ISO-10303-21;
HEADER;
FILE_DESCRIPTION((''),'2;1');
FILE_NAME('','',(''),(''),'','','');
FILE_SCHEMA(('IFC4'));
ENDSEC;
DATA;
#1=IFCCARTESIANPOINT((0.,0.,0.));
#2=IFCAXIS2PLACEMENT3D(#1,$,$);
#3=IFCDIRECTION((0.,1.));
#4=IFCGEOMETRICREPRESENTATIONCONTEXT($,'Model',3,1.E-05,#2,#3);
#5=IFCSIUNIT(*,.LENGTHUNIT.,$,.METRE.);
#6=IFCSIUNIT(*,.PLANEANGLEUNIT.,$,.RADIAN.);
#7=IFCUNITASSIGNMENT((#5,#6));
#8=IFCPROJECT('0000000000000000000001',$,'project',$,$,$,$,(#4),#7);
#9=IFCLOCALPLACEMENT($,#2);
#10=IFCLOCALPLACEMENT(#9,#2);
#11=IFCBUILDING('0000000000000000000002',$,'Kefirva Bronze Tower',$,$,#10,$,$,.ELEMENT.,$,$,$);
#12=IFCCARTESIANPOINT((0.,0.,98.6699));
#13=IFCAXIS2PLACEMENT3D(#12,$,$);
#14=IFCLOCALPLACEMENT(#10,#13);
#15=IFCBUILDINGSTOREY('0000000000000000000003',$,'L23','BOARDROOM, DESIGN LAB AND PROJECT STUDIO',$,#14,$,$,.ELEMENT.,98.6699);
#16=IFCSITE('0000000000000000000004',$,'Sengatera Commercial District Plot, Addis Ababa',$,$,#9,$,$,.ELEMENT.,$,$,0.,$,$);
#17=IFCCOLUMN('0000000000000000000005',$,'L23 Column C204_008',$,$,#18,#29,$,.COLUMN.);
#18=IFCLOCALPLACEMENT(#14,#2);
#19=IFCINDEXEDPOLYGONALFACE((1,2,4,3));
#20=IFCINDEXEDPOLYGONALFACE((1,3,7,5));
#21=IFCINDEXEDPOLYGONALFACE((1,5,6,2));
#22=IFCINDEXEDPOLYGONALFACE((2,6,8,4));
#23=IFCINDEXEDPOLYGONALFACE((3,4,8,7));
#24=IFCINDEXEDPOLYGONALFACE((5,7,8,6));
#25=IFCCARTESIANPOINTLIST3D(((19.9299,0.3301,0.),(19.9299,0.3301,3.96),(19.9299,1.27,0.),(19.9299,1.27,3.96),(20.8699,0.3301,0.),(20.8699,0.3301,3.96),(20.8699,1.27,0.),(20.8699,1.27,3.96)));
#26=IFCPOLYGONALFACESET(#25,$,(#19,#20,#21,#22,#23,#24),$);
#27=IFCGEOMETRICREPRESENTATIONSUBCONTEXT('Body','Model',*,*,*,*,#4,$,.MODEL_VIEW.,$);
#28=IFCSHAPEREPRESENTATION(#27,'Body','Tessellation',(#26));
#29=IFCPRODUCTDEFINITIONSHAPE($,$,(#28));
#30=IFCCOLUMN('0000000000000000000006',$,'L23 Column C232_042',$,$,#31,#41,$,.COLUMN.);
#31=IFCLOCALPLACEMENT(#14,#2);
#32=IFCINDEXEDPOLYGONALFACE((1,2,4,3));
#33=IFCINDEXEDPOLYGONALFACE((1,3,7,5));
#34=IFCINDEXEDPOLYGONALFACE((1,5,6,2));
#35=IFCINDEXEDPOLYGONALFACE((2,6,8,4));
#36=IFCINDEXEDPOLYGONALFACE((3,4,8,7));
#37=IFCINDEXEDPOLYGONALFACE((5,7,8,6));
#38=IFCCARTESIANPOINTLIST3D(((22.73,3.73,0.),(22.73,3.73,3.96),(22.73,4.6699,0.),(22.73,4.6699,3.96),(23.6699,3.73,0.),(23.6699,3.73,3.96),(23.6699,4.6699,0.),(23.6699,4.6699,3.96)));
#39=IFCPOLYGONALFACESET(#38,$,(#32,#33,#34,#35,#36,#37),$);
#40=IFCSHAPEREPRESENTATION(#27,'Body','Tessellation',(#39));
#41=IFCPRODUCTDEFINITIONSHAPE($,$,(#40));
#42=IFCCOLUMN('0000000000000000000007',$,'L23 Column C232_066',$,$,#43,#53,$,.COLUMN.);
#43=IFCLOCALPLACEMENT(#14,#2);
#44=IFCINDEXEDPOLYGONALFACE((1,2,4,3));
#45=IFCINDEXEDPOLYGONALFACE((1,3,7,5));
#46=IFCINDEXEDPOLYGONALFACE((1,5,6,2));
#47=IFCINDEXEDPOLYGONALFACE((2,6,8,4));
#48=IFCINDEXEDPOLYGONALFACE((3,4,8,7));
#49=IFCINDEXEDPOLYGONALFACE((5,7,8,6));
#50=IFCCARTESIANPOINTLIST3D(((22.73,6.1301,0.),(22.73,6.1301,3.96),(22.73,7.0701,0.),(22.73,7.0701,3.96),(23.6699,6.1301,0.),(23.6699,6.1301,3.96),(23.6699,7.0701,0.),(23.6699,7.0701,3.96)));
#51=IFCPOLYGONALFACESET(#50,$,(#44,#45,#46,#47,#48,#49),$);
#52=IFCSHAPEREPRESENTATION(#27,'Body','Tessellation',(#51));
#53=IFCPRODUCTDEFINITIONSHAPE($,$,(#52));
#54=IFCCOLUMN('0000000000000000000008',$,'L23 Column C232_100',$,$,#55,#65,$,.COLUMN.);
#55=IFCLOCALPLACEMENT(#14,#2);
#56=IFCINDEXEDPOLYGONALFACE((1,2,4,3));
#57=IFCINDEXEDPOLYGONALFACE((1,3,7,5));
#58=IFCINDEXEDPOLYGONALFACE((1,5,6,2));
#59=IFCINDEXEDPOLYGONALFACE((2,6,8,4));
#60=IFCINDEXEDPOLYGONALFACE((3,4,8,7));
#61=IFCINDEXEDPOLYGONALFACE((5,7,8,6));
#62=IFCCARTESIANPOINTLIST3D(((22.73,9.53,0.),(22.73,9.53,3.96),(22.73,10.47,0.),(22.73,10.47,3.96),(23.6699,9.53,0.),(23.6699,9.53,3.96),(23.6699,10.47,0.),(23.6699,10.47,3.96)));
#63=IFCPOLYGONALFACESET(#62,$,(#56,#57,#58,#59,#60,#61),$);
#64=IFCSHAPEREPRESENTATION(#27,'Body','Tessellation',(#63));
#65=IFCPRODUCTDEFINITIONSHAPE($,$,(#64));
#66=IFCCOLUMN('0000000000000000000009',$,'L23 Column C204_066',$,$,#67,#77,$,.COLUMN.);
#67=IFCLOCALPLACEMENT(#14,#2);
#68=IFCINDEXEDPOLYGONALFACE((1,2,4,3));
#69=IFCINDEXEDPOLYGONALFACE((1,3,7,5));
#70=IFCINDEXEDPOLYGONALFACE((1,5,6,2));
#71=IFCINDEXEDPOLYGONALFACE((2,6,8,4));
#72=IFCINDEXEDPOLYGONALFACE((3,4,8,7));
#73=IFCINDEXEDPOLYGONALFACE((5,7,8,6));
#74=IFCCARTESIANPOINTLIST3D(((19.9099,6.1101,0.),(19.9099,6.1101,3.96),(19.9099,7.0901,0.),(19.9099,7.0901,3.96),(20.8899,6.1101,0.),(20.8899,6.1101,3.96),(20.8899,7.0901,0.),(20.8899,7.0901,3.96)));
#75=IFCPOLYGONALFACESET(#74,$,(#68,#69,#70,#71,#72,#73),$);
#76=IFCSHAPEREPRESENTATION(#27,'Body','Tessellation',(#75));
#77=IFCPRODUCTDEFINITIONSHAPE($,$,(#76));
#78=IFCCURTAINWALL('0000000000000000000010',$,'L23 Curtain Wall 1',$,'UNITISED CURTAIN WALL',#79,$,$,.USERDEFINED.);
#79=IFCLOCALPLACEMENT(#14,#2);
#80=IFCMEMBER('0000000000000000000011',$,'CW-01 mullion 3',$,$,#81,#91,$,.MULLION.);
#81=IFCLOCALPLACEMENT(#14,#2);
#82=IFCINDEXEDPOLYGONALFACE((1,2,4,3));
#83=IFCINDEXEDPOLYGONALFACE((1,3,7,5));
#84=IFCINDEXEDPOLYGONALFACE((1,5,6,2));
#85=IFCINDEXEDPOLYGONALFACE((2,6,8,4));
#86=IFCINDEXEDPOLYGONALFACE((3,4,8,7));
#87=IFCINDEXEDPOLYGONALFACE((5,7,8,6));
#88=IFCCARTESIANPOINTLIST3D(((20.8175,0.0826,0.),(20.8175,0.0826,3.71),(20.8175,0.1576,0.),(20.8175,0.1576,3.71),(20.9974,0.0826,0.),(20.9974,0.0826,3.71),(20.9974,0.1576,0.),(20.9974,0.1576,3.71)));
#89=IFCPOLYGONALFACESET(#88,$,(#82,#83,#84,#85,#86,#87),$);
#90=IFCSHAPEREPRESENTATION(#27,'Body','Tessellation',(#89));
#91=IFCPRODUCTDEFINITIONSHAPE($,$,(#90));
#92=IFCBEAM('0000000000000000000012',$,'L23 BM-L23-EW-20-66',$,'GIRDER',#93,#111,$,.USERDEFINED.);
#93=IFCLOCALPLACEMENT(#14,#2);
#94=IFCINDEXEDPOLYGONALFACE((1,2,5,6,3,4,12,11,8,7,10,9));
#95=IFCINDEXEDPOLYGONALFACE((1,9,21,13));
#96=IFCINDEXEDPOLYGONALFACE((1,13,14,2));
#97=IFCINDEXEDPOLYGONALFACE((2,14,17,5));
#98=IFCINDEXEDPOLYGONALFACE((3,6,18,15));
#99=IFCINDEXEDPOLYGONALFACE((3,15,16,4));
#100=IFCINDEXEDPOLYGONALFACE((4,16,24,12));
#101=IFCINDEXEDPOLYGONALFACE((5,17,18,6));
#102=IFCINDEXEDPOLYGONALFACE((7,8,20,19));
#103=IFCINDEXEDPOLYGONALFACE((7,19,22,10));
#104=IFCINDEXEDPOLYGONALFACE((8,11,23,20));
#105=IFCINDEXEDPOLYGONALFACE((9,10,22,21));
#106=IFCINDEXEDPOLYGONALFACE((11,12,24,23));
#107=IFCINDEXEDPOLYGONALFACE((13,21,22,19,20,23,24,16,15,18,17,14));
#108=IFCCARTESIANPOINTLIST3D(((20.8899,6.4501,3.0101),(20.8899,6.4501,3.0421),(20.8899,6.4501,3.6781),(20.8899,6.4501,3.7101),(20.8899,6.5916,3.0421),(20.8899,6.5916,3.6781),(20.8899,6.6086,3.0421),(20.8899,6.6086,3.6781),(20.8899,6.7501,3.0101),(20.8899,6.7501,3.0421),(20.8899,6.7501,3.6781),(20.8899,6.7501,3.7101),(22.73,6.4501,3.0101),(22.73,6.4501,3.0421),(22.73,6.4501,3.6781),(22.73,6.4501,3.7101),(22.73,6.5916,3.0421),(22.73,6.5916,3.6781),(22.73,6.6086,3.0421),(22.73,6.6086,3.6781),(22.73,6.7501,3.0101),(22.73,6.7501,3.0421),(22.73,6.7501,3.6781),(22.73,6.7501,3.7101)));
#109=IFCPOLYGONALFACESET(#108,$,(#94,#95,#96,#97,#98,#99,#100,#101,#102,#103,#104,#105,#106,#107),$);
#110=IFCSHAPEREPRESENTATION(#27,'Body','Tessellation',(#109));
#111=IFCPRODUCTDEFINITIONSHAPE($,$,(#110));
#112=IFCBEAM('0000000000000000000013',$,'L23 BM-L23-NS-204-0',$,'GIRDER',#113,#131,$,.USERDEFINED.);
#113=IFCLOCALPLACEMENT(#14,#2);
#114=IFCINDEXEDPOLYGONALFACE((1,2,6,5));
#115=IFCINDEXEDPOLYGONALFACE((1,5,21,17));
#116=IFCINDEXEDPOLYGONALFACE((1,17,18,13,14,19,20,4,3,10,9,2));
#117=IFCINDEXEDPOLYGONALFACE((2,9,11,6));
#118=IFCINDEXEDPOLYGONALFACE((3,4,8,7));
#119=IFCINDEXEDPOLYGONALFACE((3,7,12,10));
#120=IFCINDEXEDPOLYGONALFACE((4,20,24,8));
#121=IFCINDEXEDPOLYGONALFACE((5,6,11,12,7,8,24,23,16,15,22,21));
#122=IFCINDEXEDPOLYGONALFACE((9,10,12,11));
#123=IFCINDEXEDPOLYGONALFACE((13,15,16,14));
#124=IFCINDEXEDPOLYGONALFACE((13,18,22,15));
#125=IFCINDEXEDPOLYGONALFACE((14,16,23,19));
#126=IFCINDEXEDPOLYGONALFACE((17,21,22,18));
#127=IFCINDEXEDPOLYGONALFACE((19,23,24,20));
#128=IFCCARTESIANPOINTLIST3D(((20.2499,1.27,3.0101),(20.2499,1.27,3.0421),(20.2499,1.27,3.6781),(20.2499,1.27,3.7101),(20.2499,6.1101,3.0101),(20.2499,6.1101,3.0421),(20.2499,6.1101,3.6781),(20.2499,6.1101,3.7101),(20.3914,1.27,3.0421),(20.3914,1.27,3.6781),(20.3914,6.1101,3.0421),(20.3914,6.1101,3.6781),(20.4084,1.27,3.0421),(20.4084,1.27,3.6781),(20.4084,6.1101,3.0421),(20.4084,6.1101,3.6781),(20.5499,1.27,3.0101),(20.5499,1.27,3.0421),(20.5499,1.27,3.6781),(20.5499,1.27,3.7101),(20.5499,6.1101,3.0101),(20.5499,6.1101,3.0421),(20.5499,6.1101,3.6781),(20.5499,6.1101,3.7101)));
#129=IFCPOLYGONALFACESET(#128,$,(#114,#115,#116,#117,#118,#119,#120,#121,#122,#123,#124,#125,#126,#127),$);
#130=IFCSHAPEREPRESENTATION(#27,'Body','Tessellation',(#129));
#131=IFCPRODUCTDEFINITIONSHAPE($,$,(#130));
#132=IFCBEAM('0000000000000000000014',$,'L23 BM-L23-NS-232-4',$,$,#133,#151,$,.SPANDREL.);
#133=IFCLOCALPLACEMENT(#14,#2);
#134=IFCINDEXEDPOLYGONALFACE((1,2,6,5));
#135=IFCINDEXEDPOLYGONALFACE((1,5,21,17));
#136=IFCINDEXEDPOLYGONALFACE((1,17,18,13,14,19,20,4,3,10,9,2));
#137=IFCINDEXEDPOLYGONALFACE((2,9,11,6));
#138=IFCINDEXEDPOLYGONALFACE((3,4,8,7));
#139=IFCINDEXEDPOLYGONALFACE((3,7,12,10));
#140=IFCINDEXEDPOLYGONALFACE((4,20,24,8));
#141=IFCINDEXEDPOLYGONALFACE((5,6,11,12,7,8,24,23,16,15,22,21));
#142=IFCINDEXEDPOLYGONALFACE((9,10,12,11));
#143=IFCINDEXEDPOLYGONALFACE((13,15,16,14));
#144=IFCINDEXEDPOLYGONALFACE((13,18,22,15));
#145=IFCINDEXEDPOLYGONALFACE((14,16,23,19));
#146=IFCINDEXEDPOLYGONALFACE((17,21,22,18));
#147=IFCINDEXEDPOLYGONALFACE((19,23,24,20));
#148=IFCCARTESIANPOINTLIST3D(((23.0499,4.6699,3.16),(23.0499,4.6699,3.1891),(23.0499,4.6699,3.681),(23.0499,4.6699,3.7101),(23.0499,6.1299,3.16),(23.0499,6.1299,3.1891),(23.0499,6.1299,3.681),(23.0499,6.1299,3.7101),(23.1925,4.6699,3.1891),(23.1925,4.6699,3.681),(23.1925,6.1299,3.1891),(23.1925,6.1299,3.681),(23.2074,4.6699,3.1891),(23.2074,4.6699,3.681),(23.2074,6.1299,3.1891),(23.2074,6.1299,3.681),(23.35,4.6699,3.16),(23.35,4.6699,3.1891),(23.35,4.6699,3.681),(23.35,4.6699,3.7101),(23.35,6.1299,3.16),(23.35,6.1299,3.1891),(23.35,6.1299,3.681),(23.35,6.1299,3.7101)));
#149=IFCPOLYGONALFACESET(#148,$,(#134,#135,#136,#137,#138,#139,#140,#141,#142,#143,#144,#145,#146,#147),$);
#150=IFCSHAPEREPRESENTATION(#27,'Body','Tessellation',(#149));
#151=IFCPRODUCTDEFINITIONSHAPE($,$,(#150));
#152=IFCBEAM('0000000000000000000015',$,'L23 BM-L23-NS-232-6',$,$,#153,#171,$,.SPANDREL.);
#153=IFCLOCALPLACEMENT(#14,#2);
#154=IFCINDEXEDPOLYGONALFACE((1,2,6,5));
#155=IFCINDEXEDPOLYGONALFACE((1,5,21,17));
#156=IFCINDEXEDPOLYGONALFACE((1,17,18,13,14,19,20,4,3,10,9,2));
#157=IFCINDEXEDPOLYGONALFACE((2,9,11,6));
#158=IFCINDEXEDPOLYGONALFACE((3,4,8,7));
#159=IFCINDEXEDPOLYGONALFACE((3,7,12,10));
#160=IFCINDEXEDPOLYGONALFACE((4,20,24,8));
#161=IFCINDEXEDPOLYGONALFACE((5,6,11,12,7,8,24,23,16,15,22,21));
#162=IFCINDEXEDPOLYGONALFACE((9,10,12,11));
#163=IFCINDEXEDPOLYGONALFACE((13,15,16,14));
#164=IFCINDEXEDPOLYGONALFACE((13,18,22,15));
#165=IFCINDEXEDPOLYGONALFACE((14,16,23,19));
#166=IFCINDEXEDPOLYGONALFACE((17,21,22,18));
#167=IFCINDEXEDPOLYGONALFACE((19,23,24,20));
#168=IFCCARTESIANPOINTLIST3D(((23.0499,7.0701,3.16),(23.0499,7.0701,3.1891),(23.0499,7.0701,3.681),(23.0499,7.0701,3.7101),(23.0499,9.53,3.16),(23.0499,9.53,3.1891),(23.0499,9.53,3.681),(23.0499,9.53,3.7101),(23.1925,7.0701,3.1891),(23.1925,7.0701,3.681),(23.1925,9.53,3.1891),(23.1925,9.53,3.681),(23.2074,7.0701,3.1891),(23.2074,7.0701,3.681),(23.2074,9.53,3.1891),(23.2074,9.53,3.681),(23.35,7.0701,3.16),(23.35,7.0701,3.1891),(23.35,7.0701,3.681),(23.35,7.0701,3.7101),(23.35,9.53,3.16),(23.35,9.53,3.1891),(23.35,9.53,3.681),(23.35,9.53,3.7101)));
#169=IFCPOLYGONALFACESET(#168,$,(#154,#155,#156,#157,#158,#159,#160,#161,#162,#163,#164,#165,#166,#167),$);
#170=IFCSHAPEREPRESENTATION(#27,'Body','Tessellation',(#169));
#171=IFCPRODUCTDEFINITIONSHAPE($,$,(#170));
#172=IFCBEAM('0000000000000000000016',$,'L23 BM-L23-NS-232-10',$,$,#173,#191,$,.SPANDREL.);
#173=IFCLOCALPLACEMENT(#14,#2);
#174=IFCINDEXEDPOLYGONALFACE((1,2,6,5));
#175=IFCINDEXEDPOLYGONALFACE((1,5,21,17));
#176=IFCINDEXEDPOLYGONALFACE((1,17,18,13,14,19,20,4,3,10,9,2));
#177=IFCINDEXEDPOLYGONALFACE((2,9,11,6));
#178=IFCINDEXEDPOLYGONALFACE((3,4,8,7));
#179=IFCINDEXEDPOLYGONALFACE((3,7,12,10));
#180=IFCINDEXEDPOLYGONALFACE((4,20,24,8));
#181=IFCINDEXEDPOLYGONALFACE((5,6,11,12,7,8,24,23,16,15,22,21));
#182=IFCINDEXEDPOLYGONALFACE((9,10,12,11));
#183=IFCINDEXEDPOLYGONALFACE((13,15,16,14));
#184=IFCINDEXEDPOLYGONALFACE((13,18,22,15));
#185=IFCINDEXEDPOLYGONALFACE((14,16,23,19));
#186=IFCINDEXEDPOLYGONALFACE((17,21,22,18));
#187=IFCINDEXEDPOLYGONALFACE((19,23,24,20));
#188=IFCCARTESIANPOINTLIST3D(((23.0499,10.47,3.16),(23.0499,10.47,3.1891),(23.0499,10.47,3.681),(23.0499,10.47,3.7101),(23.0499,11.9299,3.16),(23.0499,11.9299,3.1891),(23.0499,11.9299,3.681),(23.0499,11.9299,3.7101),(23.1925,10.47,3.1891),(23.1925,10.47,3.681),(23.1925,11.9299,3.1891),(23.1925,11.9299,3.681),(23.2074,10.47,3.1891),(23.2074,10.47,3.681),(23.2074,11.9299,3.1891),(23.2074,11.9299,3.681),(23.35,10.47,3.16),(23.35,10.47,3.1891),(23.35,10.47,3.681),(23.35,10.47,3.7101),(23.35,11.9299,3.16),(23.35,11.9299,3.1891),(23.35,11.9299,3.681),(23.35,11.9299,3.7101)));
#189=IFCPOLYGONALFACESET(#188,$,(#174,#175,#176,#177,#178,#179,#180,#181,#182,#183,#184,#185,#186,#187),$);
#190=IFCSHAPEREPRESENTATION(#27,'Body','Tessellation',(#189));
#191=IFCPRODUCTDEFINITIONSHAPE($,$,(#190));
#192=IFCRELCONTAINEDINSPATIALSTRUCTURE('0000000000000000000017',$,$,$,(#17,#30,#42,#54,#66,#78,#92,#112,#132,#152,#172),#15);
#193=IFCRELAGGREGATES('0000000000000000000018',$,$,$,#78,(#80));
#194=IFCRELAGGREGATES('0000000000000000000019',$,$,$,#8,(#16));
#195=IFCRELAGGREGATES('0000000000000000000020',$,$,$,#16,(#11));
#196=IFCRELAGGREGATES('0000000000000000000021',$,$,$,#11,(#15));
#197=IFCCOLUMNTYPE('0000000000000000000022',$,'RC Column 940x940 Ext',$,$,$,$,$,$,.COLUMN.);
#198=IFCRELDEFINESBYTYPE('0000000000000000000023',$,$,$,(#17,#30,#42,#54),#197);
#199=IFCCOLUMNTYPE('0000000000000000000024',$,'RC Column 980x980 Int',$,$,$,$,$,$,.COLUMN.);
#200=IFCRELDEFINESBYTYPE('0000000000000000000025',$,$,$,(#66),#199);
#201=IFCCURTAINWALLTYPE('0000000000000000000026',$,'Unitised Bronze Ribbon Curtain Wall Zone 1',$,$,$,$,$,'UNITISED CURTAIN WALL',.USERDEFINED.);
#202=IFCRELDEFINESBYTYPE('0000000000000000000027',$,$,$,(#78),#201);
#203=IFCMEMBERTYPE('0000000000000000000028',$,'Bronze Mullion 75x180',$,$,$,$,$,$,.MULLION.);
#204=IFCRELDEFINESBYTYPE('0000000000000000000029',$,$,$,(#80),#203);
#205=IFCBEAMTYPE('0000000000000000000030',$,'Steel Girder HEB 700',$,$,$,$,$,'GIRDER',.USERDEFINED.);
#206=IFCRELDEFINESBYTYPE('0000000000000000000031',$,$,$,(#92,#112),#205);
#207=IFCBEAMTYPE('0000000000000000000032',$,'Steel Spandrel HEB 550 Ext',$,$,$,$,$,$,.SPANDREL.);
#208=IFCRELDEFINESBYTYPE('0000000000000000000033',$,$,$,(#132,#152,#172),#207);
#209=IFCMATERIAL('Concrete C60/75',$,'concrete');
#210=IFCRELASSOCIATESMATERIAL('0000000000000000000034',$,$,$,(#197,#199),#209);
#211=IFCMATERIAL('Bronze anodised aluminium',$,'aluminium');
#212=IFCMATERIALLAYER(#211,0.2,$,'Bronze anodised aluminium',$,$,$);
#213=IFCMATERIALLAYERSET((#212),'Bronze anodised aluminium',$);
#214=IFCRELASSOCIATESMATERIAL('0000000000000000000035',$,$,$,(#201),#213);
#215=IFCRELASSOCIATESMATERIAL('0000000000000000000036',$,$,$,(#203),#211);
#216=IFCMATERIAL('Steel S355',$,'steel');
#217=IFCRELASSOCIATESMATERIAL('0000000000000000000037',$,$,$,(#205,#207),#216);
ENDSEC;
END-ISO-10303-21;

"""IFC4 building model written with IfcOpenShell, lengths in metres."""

from ifc_helpers import new_model, si_unit, direction, frame, origin, origin_2d, place, context, subcontext, project, spatial, rectangle, i_section, extrude, material, layer, layer_set, material_profile, profile_set, type_object, element, aggregate, save


model = new_model("IFC4")

# Units and contexts
model_context = context("Model", 3, precision=1e-05, world=origin(), true_north=direction((0.0, 1.0)))
body_context = subcontext(model_context, "Body", "Model", "MODEL_VIEW")
ifc_project = project(units=[si_unit("LENGTHUNIT", "METRE"), si_unit("PLANEANGLEUNIT", "RADIAN")], contexts=[model_context])

# Site, building, storey
site_placement = place(None, origin())
site = spatial("IfcSite", under=ifc_project, at=site_placement, Name="Sengatera Commercial District Plot, Addis Ababa", CompositionType="ELEMENT", RefElevation=0.0)
building_placement = place(site_placement, origin())
building = spatial("IfcBuilding", under=site, at=building_placement, Name="Kefirva Bronze Tower", CompositionType="ELEMENT")
storey_placement = place(building_placement, frame((0.0, 0.0, 98.6699)))
storey = spatial("IfcBuildingStorey", under=building, at=storey_placement, Name="L23", Description="BOARDROOM, DESIGN LAB AND PROJECT STUDIO", CompositionType="ELEMENT", Elevation=98.6699)

# Columns
ifc_material_1 = material(Name="Concrete C60/75", Category="concrete")
ifc_material_profile_1 = material_profile(ifc_material_1, rectangle(XDim=0.9399, YDim=0.9399, at=origin_2d()), Name="RC 940x940")
ifc_profile_set_1 = profile_set([ifc_material_profile_1], Name="Concrete C60/75")
column_type_1 = type_object("IfcColumnType", Name="RC Column 940x940 Ext", PredefinedType="COLUMN", material=ifc_profile_set_1)
for number, where, z_axis, x_axis, name in (
    (1, (20.3999, 0.8, 0.0), (0.0, 0.0, 1.0), (1.0, 0.0, 0.0), "L23 Column C204_008"),
    (2, (23.2, 4.2, 0.0), (0.0, 0.0, 1.0), (1.0, 0.0, 0.0), "L23 Column C232_042"),
    (3, (23.2, 6.6001, 0.0), (0.0, 0.0, 1.0), (1.0, 0.0, 0.0), "L23 Column C232_066"),
    (4, (23.2, 10.0, 0.0), (0.0, 0.0, 1.0), (1.0, 0.0, 0.0), "L23 Column C232_100"),
):
    element("IfcColumn", number, at=place(storey_placement, frame(where, z_axis=z_axis, x_axis=x_axis)), inside=storey, type_object=column_type_1, Name=name, PredefinedType="COLUMN", context=body_context, shape_type="SweptSolid", body=[
        extrude(rectangle(XDim=0.9399, YDim=0.9399, at=origin_2d()), origin(), (0.0, 0.0, 1.0), 3.96),
    ])
ifc_material_profile_2 = material_profile(ifc_material_1, rectangle(XDim=0.98, YDim=0.98, at=origin_2d()), Name="RC 980x980")
ifc_profile_set_2 = profile_set([ifc_material_profile_2], Name="Concrete C60/75")
column_type_2 = type_object("IfcColumnType", Name="RC Column 980x980 Int", PredefinedType="COLUMN", material=ifc_profile_set_2)
column_placement = place(storey_placement, frame((20.3999, 6.6001, 0.0), z_axis=(0.0, 0.0, 1.0), x_axis=(1.0, 0.0, 0.0)))
element("IfcColumn", 5, at=column_placement, inside=storey, type_object=column_type_2, Name="L23 Column C204_066", PredefinedType="COLUMN", context=body_context, shape_type="SweptSolid", body=[
    extrude(rectangle(XDim=0.98, YDim=0.98, at=origin_2d()), origin(), (0.0, 0.0, 1.0), 3.96),
])

# Curtain wall, member
ifc_material_2 = material(Name="Bronze anodised aluminium", Category="aluminium")
ifc_layer_1 = layer(ifc_material_2, 0.2, Name="Bronze anodised aluminium")
ifc_layer_set_1 = layer_set([ifc_layer_1], Name="Bronze anodised aluminium")
curtain_wall_type = type_object("IfcCurtainWallType", Name="Unitised Bronze Ribbon Curtain Wall Zone 1", ElementType="UNITISED CURTAIN WALL", PredefinedType="USERDEFINED", material=ifc_layer_set_1)
curtain_wall_placement = place(storey_placement, origin())
curtain_wall = element("IfcCurtainWall", 6, at=curtain_wall_placement, inside=storey, type_object=curtain_wall_type, Name="L23 Curtain Wall 1", ObjectType="UNITISED CURTAIN WALL", PredefinedType="USERDEFINED")
ifc_material_profile_3 = material_profile(ifc_material_2, rectangle(XDim=0.075, YDim=0.1799, at=origin_2d()), Name="ALU 75x180")
ifc_profile_set_3 = profile_set([ifc_material_profile_3], Name="Bronze anodised aluminium")
member_type = type_object("IfcMemberType", Name="Bronze Mullion 75x180", PredefinedType="MULLION", material=ifc_profile_set_3)
member_placement = place(storey_placement, frame((20.9075, 0.1201, 0.0), z_axis=(0.0, 0.0, 1.0), x_axis=(0.0, 1.0, 0.0)))
member = element("IfcMember", 7, at=member_placement, type_object=member_type, Name="CW-01 mullion 3", PredefinedType="MULLION", context=body_context, shape_type="SweptSolid", body=[
    extrude(rectangle(XDim=0.075, YDim=0.1799, at=origin_2d()), origin(), (0.0, 0.0, 1.0), 3.71),
])
aggregate(curtain_wall, [member])

# Beams
ifc_material_3 = material(Name="Steel S355", Category="steel")
ifc_material_profile_4 = material_profile(ifc_material_3, i_section(OverallWidth=0.3, OverallDepth=0.7, WebThickness=0.0171, FlangeThickness=0.032, at=origin_2d()), Name="HEB 700")
ifc_profile_set_4 = profile_set([ifc_material_profile_4], Name="Steel S355")
beam_type_1 = type_object("IfcBeamType", Name="Steel Girder HEB 700", ElementType="GIRDER", PredefinedType="USERDEFINED", material=ifc_profile_set_4)
beam_1_placement = place(storey_placement, frame((20.8899, 6.6001, 3.3601), z_axis=(1.0, 0.0, 0.0), x_axis=(0.0, 1.0, 0.0)))
element("IfcBeam", 8, at=beam_1_placement, inside=storey, type_object=beam_type_1, Name="L23 BM-L23-EW-20-66", ObjectType="GIRDER", PredefinedType="USERDEFINED", context=body_context, shape_type="SweptSolid", body=[
    extrude(i_section(OverallWidth=0.3, OverallDepth=0.7, WebThickness=0.0171, FlangeThickness=0.032, at=origin_2d()), origin(), (0.0, 0.0, 1.0), 1.8401),
])
beam_2_placement = place(storey_placement, frame((20.3999, 1.27, 3.3601), z_axis=(0.0, 1.0, 0.0), x_axis=(-1.0, 0.0, 0.0)))
element("IfcBeam", 9, at=beam_2_placement, inside=storey, type_object=beam_type_1, Name="L23 BM-L23-NS-204-0", ObjectType="GIRDER", PredefinedType="USERDEFINED", context=body_context, shape_type="SweptSolid", body=[
    extrude(i_section(OverallWidth=0.3, OverallDepth=0.7, WebThickness=0.0171, FlangeThickness=0.032, at=origin_2d()), origin(), (0.0, 0.0, 1.0), 4.8401),
])
ifc_material_profile_5 = material_profile(ifc_material_3, i_section(OverallWidth=0.3, OverallDepth=0.55, WebThickness=0.0149, FlangeThickness=0.0291, at=origin_2d()), Name="HEB 550")
ifc_profile_set_5 = profile_set([ifc_material_profile_5], Name="Steel S355")
beam_type_2 = type_object("IfcBeamType", Name="Steel Spandrel HEB 550 Ext", PredefinedType="SPANDREL", material=ifc_profile_set_5)
beam_3_placement = place(storey_placement, frame((23.2, 4.6699, 3.4351), z_axis=(0.0, 1.0, 0.0), x_axis=(-1.0, 0.0, 0.0)))
element("IfcBeam", 10, at=beam_3_placement, inside=storey, type_object=beam_type_2, Name="L23 BM-L23-NS-232-4", PredefinedType="SPANDREL", context=body_context, shape_type="SweptSolid", body=[
    extrude(i_section(OverallWidth=0.3, OverallDepth=0.55, WebThickness=0.0149, FlangeThickness=0.0291, at=origin_2d()), origin(), (0.0, 0.0, 1.0), 1.46),
])
beam_4_placement = place(storey_placement, frame((23.2, 7.0701, 3.4351), z_axis=(0.0, 1.0, 0.0), x_axis=(-1.0, 0.0, 0.0)))
element("IfcBeam", 11, at=beam_4_placement, inside=storey, type_object=beam_type_2, Name="L23 BM-L23-NS-232-6", PredefinedType="SPANDREL", context=body_context, shape_type="SweptSolid", body=[
    extrude(i_section(OverallWidth=0.3, OverallDepth=0.55, WebThickness=0.0149, FlangeThickness=0.0291, at=origin_2d()), origin(), (0.0, 0.0, 1.0), 2.46),
])
beam_5_placement = place(storey_placement, frame((23.2, 10.47, 3.4351), z_axis=(0.0, 1.0, 0.0), x_axis=(-1.0, 0.0, 0.0)))
element("IfcBeam", 12, at=beam_5_placement, inside=storey, type_object=beam_type_2, Name="L23 BM-L23-NS-232-10", PredefinedType="SPANDREL", context=body_context, shape_type="SweptSolid", body=[
    extrude(i_section(OverallWidth=0.3, OverallDepth=0.55, WebThickness=0.0149, FlangeThickness=0.0291, at=origin_2d()), origin(), (0.0, 0.0, 1.0), 1.46),
])

save(model, "model.ifc")
